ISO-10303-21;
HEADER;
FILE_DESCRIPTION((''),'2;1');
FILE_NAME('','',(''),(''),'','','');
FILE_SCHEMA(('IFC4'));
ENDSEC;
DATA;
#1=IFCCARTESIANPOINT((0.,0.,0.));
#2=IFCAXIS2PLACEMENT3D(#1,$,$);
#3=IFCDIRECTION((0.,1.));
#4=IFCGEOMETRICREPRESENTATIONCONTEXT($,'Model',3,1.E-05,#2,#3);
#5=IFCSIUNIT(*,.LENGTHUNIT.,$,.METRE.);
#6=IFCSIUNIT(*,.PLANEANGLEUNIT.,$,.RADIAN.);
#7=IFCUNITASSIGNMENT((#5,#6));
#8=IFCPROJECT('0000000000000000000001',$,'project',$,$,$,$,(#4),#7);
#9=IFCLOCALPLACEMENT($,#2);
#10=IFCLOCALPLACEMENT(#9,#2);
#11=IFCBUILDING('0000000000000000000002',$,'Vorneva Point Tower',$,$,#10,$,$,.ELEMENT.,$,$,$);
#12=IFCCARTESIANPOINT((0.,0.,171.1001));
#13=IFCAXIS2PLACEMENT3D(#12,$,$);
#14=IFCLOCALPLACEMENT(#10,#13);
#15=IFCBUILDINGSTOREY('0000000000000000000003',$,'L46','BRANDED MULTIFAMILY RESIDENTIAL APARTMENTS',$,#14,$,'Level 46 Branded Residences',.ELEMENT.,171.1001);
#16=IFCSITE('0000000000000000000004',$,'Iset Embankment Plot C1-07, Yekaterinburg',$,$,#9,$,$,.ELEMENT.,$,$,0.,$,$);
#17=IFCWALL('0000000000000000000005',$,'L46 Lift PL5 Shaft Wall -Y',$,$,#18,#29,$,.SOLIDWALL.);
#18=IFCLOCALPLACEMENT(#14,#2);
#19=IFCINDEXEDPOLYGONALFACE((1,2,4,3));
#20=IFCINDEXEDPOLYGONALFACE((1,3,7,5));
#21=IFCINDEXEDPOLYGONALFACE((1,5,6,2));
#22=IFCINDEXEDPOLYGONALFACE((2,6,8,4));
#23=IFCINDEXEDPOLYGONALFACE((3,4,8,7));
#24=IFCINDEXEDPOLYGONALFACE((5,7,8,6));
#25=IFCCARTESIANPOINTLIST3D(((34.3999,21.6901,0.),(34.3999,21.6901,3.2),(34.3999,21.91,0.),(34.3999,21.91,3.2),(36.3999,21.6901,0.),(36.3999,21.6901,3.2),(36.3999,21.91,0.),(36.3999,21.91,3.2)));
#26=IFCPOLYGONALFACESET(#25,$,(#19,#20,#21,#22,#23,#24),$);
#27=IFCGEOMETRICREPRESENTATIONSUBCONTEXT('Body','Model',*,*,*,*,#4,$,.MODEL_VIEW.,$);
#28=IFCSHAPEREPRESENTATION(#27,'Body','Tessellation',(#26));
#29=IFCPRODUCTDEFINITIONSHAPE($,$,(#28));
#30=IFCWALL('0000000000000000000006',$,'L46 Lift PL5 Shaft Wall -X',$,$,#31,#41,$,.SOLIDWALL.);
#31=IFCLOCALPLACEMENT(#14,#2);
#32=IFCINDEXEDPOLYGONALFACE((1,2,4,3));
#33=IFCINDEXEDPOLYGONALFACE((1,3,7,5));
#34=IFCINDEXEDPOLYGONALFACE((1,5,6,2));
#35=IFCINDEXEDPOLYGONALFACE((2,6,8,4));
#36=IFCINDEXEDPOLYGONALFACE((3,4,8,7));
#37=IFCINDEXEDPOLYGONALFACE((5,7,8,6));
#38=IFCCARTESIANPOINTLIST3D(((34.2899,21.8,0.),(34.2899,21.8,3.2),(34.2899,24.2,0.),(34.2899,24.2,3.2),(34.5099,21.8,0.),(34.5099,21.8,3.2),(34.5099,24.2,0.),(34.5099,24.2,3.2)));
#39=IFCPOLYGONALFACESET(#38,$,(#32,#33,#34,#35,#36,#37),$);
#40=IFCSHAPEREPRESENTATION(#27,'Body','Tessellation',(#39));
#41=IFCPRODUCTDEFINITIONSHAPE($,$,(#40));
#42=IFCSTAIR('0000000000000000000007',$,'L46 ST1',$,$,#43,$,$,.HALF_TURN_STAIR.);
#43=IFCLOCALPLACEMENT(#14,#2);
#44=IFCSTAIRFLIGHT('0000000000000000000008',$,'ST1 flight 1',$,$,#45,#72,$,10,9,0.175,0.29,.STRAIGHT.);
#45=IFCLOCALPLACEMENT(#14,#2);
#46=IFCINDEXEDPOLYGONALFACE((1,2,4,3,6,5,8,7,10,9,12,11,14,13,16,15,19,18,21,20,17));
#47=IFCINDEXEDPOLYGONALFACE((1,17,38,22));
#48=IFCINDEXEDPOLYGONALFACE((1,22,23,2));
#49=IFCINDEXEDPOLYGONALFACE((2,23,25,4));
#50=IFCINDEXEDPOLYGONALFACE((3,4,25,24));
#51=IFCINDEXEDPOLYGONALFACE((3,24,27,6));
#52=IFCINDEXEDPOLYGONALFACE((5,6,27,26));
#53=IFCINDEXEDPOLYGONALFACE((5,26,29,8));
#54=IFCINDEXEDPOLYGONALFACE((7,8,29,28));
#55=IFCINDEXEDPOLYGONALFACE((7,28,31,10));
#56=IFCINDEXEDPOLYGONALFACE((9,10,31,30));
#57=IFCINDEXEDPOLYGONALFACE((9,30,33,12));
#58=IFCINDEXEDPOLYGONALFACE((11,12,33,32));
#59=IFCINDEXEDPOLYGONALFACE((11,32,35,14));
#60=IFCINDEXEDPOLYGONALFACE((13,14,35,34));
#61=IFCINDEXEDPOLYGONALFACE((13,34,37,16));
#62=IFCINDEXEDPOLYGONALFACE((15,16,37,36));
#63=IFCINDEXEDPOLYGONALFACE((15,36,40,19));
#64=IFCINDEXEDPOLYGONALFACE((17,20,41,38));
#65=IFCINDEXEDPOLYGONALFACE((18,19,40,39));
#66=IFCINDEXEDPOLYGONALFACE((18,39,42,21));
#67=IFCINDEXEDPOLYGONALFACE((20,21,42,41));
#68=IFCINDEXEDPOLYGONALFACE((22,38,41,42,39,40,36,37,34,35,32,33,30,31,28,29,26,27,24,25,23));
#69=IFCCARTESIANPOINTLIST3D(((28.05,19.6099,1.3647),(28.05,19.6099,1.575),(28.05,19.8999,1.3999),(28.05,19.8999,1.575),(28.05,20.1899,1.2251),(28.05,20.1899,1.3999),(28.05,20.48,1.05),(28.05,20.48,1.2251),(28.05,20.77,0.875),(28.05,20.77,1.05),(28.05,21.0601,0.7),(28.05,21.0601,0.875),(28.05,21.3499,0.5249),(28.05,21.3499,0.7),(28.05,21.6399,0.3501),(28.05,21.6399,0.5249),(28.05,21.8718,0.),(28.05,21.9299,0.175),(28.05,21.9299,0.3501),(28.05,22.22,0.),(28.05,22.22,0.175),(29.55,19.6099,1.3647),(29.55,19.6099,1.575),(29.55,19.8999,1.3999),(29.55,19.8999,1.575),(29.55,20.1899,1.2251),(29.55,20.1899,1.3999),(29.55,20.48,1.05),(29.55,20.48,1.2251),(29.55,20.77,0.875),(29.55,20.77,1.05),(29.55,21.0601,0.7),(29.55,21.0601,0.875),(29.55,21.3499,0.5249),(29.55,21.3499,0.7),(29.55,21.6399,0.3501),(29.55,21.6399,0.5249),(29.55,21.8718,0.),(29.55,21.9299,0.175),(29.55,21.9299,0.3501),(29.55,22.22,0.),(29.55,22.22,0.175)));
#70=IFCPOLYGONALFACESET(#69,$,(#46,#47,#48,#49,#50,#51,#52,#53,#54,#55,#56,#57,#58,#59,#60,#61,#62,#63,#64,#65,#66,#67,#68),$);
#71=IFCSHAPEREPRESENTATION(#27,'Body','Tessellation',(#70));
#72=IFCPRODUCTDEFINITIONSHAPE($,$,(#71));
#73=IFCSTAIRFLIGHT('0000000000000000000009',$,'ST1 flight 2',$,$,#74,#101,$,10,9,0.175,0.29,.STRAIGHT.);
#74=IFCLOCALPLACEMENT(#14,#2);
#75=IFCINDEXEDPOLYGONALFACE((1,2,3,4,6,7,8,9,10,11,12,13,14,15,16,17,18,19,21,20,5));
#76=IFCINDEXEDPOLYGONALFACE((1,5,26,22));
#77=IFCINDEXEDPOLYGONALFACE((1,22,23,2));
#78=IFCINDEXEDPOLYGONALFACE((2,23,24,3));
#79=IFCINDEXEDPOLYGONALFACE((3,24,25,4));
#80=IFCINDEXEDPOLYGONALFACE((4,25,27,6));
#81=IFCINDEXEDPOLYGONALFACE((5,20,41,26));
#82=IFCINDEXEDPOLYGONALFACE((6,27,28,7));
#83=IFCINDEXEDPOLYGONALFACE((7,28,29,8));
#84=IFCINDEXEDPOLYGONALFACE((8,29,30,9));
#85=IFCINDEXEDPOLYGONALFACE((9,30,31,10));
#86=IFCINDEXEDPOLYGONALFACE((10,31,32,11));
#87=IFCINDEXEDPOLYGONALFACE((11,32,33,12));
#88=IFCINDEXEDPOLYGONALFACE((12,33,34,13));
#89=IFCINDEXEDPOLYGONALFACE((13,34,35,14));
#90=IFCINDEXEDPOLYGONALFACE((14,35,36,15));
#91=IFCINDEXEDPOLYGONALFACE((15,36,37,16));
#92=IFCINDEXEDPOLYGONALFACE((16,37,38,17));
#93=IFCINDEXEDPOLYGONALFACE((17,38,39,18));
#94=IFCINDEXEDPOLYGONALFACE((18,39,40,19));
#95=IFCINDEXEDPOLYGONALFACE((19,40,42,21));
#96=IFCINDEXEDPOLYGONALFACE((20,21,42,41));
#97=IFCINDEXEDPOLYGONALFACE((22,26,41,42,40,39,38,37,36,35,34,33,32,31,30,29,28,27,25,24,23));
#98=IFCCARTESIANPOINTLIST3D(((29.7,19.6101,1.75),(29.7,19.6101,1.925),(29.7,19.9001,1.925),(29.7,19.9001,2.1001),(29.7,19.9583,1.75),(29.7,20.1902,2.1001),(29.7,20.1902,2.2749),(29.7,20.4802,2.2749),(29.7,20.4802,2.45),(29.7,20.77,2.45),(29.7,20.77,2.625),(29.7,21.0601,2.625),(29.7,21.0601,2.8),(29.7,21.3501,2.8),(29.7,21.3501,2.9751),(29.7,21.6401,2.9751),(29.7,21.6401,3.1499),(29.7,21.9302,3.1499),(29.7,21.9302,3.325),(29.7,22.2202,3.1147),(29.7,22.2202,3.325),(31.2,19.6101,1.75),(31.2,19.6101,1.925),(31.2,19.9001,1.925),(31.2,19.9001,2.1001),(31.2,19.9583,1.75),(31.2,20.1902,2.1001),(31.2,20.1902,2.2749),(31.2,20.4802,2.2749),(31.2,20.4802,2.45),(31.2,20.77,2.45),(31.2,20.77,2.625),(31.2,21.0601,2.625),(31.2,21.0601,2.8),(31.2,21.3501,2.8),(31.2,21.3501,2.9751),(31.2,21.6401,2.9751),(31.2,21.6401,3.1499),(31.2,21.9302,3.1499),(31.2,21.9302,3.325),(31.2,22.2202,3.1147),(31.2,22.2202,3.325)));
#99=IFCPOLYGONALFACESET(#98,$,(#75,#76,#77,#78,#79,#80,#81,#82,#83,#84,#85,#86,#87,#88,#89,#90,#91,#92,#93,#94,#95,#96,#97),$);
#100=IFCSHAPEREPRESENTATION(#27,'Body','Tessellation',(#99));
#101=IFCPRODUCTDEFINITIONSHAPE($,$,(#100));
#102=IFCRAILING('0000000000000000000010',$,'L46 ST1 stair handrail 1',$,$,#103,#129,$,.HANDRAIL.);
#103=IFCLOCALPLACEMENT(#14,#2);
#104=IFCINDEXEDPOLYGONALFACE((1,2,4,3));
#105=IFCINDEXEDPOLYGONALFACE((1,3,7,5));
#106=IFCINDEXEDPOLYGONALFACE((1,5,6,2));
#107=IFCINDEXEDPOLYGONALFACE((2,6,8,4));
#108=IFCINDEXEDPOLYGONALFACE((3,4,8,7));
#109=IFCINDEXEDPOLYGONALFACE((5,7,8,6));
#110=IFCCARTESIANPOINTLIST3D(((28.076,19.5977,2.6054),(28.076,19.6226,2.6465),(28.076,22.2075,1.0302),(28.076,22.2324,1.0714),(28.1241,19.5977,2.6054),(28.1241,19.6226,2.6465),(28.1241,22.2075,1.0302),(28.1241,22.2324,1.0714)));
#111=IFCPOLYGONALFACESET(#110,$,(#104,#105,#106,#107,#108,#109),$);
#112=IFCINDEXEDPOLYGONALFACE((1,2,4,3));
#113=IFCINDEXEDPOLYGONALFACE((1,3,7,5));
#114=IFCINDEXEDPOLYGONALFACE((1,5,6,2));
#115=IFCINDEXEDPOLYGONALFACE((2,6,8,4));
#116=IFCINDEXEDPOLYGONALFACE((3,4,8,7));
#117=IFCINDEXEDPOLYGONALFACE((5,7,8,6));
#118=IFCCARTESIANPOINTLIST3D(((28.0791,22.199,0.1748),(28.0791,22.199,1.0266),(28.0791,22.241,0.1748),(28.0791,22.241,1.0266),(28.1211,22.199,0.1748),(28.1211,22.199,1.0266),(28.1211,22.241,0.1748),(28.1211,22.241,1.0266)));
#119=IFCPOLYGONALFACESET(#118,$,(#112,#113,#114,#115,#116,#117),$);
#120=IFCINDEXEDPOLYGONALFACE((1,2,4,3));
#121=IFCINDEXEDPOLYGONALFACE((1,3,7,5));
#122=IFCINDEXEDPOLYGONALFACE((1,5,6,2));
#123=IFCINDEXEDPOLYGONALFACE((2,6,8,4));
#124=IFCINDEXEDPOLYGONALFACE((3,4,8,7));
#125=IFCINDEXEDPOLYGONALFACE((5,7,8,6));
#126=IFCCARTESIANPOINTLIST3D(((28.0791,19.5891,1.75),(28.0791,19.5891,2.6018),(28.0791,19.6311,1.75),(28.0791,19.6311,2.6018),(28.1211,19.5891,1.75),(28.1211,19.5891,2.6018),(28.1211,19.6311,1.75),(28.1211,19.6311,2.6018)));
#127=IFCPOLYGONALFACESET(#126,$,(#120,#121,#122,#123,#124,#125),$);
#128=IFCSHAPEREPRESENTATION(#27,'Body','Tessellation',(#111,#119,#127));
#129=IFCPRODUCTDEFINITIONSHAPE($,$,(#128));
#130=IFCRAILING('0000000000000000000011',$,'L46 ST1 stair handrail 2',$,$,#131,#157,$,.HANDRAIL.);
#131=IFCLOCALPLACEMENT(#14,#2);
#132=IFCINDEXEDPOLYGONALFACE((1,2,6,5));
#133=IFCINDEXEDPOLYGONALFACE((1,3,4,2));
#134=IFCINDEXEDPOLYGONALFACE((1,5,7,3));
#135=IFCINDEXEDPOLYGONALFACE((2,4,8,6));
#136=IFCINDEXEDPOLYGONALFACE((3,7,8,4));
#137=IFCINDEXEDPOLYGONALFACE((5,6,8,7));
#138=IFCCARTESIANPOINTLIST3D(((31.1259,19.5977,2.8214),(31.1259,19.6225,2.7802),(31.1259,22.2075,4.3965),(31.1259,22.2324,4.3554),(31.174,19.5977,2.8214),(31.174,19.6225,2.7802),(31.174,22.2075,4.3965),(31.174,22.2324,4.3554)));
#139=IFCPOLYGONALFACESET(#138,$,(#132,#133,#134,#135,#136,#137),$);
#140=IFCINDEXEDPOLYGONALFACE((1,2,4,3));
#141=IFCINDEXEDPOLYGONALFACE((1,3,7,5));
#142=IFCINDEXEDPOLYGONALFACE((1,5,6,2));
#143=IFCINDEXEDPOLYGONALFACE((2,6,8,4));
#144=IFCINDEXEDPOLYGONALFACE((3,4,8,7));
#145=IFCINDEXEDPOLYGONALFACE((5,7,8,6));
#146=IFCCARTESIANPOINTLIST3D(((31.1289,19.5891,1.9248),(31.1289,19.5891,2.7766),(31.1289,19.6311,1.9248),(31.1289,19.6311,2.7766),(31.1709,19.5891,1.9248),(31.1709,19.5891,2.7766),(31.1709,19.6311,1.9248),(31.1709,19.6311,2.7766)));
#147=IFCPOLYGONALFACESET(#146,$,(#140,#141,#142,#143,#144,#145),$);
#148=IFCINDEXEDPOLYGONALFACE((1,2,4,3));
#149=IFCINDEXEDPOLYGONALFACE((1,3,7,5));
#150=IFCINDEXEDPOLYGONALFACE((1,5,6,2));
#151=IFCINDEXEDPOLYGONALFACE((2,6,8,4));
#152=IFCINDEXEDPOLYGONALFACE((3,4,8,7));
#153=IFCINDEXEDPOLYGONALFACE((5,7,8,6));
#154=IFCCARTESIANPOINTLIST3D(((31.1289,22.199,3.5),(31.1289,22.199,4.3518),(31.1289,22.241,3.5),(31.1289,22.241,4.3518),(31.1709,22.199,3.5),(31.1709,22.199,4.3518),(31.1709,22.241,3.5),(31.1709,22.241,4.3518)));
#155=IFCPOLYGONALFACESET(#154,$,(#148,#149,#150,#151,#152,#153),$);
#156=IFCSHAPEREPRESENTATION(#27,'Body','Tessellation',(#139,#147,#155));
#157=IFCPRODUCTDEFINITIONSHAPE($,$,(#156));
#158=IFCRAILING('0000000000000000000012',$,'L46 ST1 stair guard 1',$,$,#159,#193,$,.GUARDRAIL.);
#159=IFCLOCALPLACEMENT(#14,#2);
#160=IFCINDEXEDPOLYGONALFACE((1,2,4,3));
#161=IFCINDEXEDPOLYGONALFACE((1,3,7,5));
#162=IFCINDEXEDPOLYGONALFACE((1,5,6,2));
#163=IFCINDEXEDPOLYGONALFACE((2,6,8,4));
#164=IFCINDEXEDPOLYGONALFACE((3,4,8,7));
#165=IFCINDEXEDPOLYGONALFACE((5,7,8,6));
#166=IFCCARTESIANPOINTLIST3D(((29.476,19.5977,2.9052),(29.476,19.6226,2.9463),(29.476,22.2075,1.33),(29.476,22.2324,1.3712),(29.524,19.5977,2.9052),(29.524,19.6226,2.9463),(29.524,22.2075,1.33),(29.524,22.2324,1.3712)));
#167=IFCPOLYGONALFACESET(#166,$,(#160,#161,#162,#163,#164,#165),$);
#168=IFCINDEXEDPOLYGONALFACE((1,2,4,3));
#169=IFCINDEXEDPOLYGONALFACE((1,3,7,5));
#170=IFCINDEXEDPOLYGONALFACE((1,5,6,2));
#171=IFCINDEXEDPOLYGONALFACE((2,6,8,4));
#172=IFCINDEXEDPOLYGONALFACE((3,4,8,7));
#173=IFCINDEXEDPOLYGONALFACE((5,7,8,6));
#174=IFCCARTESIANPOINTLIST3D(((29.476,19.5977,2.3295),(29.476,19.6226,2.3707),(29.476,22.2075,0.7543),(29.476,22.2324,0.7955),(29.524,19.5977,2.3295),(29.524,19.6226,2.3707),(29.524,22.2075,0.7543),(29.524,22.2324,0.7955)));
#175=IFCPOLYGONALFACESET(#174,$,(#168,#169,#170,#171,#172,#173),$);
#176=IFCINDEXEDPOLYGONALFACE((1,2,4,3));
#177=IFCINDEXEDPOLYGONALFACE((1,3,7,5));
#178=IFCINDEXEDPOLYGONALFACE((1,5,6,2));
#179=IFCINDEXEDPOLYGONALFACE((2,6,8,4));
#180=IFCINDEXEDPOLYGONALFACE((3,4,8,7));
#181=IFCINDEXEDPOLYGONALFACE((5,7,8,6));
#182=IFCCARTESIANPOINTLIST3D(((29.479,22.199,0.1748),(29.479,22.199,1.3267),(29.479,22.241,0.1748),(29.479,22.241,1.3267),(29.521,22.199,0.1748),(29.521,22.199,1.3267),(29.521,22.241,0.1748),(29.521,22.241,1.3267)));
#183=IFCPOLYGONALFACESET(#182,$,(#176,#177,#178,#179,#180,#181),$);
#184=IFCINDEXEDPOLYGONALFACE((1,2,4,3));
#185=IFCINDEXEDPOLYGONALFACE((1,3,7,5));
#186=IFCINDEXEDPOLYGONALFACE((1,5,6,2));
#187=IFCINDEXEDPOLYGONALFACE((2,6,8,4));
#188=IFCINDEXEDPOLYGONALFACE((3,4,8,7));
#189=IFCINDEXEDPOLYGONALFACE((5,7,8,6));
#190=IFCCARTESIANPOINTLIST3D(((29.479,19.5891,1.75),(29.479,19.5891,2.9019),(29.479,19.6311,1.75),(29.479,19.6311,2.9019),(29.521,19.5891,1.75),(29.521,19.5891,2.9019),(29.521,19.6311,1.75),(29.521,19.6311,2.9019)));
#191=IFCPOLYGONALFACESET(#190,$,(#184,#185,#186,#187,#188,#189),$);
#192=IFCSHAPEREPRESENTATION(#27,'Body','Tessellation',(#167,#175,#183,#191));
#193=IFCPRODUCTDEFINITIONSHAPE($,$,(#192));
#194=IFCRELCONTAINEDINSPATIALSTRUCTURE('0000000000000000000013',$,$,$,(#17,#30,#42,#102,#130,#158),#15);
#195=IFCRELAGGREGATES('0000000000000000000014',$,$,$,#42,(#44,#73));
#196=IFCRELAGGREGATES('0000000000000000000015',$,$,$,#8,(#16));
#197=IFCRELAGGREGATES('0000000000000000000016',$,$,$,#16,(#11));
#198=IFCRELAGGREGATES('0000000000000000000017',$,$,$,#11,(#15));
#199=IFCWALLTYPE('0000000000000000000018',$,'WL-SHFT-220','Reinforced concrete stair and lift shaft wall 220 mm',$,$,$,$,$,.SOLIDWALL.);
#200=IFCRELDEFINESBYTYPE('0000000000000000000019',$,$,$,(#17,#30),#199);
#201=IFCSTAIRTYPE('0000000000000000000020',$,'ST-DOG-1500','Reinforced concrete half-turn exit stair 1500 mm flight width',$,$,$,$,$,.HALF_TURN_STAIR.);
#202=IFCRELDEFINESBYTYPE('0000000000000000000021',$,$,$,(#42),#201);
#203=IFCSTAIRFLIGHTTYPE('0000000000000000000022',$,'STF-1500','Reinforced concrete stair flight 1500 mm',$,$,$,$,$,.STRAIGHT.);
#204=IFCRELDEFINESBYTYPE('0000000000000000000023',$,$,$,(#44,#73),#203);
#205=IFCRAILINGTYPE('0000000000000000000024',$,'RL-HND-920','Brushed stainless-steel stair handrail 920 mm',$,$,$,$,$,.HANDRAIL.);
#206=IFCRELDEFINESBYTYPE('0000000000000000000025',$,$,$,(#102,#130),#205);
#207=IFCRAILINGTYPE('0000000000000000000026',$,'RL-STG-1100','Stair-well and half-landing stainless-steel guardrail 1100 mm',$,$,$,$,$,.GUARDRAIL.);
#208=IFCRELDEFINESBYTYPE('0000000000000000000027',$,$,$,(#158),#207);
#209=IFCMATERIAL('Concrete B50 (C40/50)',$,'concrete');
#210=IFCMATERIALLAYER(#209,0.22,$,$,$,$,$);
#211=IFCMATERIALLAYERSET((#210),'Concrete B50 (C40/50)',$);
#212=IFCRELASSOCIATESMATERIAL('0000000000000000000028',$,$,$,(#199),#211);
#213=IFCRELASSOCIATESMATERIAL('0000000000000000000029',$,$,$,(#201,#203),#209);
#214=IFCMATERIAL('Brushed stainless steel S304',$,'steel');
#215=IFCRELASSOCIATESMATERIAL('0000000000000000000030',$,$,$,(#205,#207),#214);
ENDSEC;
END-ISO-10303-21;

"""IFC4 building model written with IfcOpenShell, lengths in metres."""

from ifc_helpers import new_model, si_unit, direction, frame, frame_2d, origin, origin_2d, place, context, subcontext, project, spatial, polyline, rectangle, outline, extrude, material, layer, layer_set, type_object, element, aggregate, save


model = new_model("IFC4")

# Units and contexts
model_context = context("Model", 3, precision=1e-05, world=origin(), true_north=direction((0.0, 1.0)))
body_context = subcontext(model_context, "Body", "Model", "MODEL_VIEW")
ifc_project = project(units=[si_unit("LENGTHUNIT", "METRE"), si_unit("PLANEANGLEUNIT", "RADIAN")], contexts=[model_context])

# Site, building, storey
site_placement = place(None, origin())
site = spatial("IfcSite", under=ifc_project, at=site_placement, Name="Iset Embankment Plot C1-07, Yekaterinburg", CompositionType="ELEMENT", RefElevation=0.0)
building_placement = place(site_placement, origin())
building = spatial("IfcBuilding", under=site, at=building_placement, Name="Vorneva Point Tower", CompositionType="ELEMENT")
storey_placement = place(building_placement, frame((0.0, 0.0, 171.1001)))
storey = spatial("IfcBuildingStorey", under=building, at=storey_placement, Name="L46", Description="BRANDED MULTIFAMILY RESIDENTIAL APARTMENTS", LongName="Level 46 Branded Residences", CompositionType="ELEMENT", Elevation=171.1001)

# Shared definitions
ifc_material_1 = material(Name="Concrete B50 (C40/50)", Category="concrete")
ifc_layer_1 = layer(ifc_material_1, 0.22)
ifc_layer_set_1 = layer_set([ifc_layer_1], Name="Concrete B50 (C40/50)")
wall_type_1 = type_object("IfcWallType", Name="WL-SHFT-220", Description="Reinforced concrete stair and lift shaft wall 220 mm", PredefinedType="SOLIDWALL", material=ifc_layer_set_1)

# Shared definitions
ifc_material_2 = material(Name="Brushed stainless steel S304", Category="steel")

# Walls
wall_1_placement = place(storey_placement, frame((34.3999, 21.8, 0.0), z_axis=(0.0, 0.0, 1.0), x_axis=(1.0, 0.0, 0.0)))
element("IfcWall", 1, at=wall_1_placement, inside=storey, type_object=wall_type_1, Name="L46 Lift PL5 Shaft Wall -Y", PredefinedType="SOLIDWALL", context=body_context, shape_type="SweptSolid", body=[
    extrude(rectangle(XDim=2.0, YDim=0.22, at=frame_2d((1.0, 0.0))), origin(), (0.0, 0.0, 1.0), 3.2),
])
wall_2_placement = place(storey_placement, frame((34.3999, 24.2, 0.0), z_axis=(0.0, 0.0, 1.0), x_axis=(0.0, -1.0, 0.0)))
element("IfcWall", 2, at=wall_2_placement, inside=storey, type_object=wall_type_1, Name="L46 Lift PL5 Shaft Wall -X", PredefinedType="SOLIDWALL", context=body_context, shape_type="SweptSolid", body=[
    extrude(rectangle(XDim=2.3999, YDim=0.22, at=frame_2d((1.2, 0.0))), origin(), (0.0, 0.0, 1.0), 3.2),
])

# Stair, stair flights
stair_type = type_object("IfcStairType", Name="ST-DOG-1500", Description="Reinforced concrete half-turn exit stair 1500 mm flight width", PredefinedType="HALF_TURN_STAIR", material=ifc_material_1)
stair_placement = place(storey_placement, origin())
stair = element("IfcStair", 3, at=stair_placement, inside=storey, type_object=stair_type, Name="L46 ST1", PredefinedType="HALF_TURN_STAIR")
stair_flight_type = type_object("IfcStairFlightType", Name="STF-1500", Description="Reinforced concrete stair flight 1500 mm", PredefinedType="STRAIGHT", material=ifc_material_1)
stair_flight_1_placement = place(storey_placement, frame((28.8, 22.22, 0.0), z_axis=(0.0, 0.0, 1.0), x_axis=(0.0, -1.0, 0.0)))
stair_flight_1 = element("IfcStairFlight", 4, at=stair_flight_1_placement, type_object=stair_flight_type, Name="ST1 flight 1", NumberOfRisers=10, NumberOfTreads=9, PredefinedType="STRAIGHT", RiserHeight=0.175, TreadLength=0.29, context=body_context, shape_type="SweptSolid", body=[
    extrude(outline(polyline([(0.0, 0.0), (0.0, 0.175), (0.29, 0.175), (0.29, 0.3501), (0.5801, 0.3501), (0.5801, 0.5249), (0.8701, 0.5249), (0.8701, 0.7), (1.1599, 0.7), (1.1599, 0.875), (1.45, 0.875), (1.45, 1.05), (1.74, 1.05), (1.74, 1.2251), (2.03, 1.2251), (2.03, 1.3999), (2.3201, 1.3999), (2.3201, 1.575), (2.6101, 1.575), (2.6101, 1.75), (2.6101, 1.3647), (0.3481, 0.0), (0.0, 0.0)])), frame((0.0, 0.75, 0.0), z_axis=(0.0, -1.0, 0.0), x_axis=(1.0, 0.0, 0.0)), (0.0, 0.0, 1.0), 1.5),
])
stair_flight_2_placement = place(storey_placement, frame((30.45, 19.6101, 1.75), z_axis=(0.0, 0.0, 1.0), x_axis=(0.0, 1.0, 0.0)))
stair_flight_2 = element("IfcStairFlight", 5, at=stair_flight_2_placement, type_object=stair_flight_type, Name="ST1 flight 2", NumberOfRisers=10, NumberOfTreads=9, PredefinedType="STRAIGHT", RiserHeight=0.175, TreadLength=0.29, context=body_context, shape_type="SweptSolid", body=[
    extrude(outline(polyline([(0.0, 0.0), (0.0, 0.175), (0.29, 0.175), (0.29, 0.3501), (0.5801, 0.3501), (0.5801, 0.5249), (0.8701, 0.5249), (0.8701, 0.7), (1.1599, 0.7), (1.1599, 0.875), (1.45, 0.875), (1.45, 1.05), (1.74, 1.05), (1.74, 1.2251), (2.03, 1.2251), (2.03, 1.3999), (2.3201, 1.3999), (2.3201, 1.575), (2.6101, 1.575), (2.6101, 1.75), (2.6101, 1.3647), (0.3481, 0.0), (0.0, 0.0)])), frame((0.0, 0.75, 0.0), z_axis=(0.0, -1.0, 0.0), x_axis=(1.0, 0.0, 0.0)), (0.0, 0.0, 1.0), 1.5),
])
aggregate(stair, [stair_flight_1, stair_flight_2])

# Railings
railing_type_1 = type_object("IfcRailingType", Name="RL-HND-920", Description="Brushed stainless-steel stair handrail 920 mm", PredefinedType="HANDRAIL", material=ifc_material_2)
railing_1_placement = place(storey_placement, frame((28.1001, 22.22, 0.1748)))
element("IfcRailing", 6, at=railing_1_placement, inside=storey, type_object=railing_type_1, Name="L46 ST1 stair handrail 1", PredefinedType="HANDRAIL", context=body_context, shape_type="SweptSolid", body=[
    extrude(rectangle(XDim=0.0481, YDim=0.0481, at=origin_2d()), frame((0.0, 0.0, 0.876), z_axis=(0.0, -0.856147, 0.516732), x_axis=(1.0, 0.0, 0.0)), (0.0, 0.0, 1.0), 3.0483),
    extrude(rectangle(XDim=0.042, YDim=0.042, at=origin_2d()), origin(), (0.0, 0.0, 1.0), 0.8518),
    extrude(rectangle(XDim=0.042, YDim=0.042, at=origin_2d()), frame((0.0, -2.6099, 1.5752)), (0.0, 0.0, 1.0), 0.8518),
])
railing_2_placement = place(storey_placement, frame((31.1499, 19.6101, 1.9248)))
element("IfcRailing", 7, at=railing_2_placement, inside=storey, type_object=railing_type_1, Name="L46 ST1 stair handrail 2", PredefinedType="HANDRAIL", context=body_context, shape_type="SweptSolid", body=[
    extrude(rectangle(XDim=0.0481, YDim=0.0481, at=origin_2d()), frame((0.0, 0.0, 0.876), z_axis=(0.0, 0.856147, 0.516732), x_axis=(-1.0, 0.0, 0.0)), (0.0, 0.0, 1.0), 3.0483),
    extrude(rectangle(XDim=0.042, YDim=0.042, at=origin_2d()), origin(), (0.0, 0.0, 1.0), 0.8518),
    extrude(rectangle(XDim=0.042, YDim=0.042, at=origin_2d()), frame((0.0, 2.6099, 1.5752)), (0.0, 0.0, 1.0), 0.8518),
])
railing_type_2 = type_object("IfcRailingType", Name="RL-STG-1100", Description="Stair-well and half-landing stainless-steel guardrail 1100 mm", PredefinedType="GUARDRAIL", material=ifc_material_2)
railing_3_placement = place(storey_placement, frame((29.5, 22.22, 0.1748)))
element("IfcRailing", 8, at=railing_3_placement, inside=storey, type_object=railing_type_2, Name="L46 ST1 stair guard 1", PredefinedType="GUARDRAIL", context=body_context, shape_type="SweptSolid", body=[
    extrude(rectangle(XDim=0.0481, YDim=0.0481, at=origin_2d()), frame((0.0, 0.0, 1.1758), z_axis=(0.0, -0.856147, 0.516732), x_axis=(1.0, 0.0, 0.0)), (0.0, 0.0, 1.0), 3.0483),
    extrude(rectangle(XDim=0.0481, YDim=0.0481, at=origin_2d()), frame((0.0, 0.0, 0.6001), z_axis=(0.0, -0.856147, 0.516732), x_axis=(1.0, 0.0, 0.0)), (0.0, 0.0, 1.0), 3.0483),
    extrude(rectangle(XDim=0.042, YDim=0.042, at=origin_2d()), origin(), (0.0, 0.0, 1.0), 1.1519),
    extrude(rectangle(XDim=0.042, YDim=0.042, at=origin_2d()), frame((0.0, -2.6099, 1.5752)), (0.0, 0.0, 1.0), 1.1519),
])

save(model, "model.ifc")
